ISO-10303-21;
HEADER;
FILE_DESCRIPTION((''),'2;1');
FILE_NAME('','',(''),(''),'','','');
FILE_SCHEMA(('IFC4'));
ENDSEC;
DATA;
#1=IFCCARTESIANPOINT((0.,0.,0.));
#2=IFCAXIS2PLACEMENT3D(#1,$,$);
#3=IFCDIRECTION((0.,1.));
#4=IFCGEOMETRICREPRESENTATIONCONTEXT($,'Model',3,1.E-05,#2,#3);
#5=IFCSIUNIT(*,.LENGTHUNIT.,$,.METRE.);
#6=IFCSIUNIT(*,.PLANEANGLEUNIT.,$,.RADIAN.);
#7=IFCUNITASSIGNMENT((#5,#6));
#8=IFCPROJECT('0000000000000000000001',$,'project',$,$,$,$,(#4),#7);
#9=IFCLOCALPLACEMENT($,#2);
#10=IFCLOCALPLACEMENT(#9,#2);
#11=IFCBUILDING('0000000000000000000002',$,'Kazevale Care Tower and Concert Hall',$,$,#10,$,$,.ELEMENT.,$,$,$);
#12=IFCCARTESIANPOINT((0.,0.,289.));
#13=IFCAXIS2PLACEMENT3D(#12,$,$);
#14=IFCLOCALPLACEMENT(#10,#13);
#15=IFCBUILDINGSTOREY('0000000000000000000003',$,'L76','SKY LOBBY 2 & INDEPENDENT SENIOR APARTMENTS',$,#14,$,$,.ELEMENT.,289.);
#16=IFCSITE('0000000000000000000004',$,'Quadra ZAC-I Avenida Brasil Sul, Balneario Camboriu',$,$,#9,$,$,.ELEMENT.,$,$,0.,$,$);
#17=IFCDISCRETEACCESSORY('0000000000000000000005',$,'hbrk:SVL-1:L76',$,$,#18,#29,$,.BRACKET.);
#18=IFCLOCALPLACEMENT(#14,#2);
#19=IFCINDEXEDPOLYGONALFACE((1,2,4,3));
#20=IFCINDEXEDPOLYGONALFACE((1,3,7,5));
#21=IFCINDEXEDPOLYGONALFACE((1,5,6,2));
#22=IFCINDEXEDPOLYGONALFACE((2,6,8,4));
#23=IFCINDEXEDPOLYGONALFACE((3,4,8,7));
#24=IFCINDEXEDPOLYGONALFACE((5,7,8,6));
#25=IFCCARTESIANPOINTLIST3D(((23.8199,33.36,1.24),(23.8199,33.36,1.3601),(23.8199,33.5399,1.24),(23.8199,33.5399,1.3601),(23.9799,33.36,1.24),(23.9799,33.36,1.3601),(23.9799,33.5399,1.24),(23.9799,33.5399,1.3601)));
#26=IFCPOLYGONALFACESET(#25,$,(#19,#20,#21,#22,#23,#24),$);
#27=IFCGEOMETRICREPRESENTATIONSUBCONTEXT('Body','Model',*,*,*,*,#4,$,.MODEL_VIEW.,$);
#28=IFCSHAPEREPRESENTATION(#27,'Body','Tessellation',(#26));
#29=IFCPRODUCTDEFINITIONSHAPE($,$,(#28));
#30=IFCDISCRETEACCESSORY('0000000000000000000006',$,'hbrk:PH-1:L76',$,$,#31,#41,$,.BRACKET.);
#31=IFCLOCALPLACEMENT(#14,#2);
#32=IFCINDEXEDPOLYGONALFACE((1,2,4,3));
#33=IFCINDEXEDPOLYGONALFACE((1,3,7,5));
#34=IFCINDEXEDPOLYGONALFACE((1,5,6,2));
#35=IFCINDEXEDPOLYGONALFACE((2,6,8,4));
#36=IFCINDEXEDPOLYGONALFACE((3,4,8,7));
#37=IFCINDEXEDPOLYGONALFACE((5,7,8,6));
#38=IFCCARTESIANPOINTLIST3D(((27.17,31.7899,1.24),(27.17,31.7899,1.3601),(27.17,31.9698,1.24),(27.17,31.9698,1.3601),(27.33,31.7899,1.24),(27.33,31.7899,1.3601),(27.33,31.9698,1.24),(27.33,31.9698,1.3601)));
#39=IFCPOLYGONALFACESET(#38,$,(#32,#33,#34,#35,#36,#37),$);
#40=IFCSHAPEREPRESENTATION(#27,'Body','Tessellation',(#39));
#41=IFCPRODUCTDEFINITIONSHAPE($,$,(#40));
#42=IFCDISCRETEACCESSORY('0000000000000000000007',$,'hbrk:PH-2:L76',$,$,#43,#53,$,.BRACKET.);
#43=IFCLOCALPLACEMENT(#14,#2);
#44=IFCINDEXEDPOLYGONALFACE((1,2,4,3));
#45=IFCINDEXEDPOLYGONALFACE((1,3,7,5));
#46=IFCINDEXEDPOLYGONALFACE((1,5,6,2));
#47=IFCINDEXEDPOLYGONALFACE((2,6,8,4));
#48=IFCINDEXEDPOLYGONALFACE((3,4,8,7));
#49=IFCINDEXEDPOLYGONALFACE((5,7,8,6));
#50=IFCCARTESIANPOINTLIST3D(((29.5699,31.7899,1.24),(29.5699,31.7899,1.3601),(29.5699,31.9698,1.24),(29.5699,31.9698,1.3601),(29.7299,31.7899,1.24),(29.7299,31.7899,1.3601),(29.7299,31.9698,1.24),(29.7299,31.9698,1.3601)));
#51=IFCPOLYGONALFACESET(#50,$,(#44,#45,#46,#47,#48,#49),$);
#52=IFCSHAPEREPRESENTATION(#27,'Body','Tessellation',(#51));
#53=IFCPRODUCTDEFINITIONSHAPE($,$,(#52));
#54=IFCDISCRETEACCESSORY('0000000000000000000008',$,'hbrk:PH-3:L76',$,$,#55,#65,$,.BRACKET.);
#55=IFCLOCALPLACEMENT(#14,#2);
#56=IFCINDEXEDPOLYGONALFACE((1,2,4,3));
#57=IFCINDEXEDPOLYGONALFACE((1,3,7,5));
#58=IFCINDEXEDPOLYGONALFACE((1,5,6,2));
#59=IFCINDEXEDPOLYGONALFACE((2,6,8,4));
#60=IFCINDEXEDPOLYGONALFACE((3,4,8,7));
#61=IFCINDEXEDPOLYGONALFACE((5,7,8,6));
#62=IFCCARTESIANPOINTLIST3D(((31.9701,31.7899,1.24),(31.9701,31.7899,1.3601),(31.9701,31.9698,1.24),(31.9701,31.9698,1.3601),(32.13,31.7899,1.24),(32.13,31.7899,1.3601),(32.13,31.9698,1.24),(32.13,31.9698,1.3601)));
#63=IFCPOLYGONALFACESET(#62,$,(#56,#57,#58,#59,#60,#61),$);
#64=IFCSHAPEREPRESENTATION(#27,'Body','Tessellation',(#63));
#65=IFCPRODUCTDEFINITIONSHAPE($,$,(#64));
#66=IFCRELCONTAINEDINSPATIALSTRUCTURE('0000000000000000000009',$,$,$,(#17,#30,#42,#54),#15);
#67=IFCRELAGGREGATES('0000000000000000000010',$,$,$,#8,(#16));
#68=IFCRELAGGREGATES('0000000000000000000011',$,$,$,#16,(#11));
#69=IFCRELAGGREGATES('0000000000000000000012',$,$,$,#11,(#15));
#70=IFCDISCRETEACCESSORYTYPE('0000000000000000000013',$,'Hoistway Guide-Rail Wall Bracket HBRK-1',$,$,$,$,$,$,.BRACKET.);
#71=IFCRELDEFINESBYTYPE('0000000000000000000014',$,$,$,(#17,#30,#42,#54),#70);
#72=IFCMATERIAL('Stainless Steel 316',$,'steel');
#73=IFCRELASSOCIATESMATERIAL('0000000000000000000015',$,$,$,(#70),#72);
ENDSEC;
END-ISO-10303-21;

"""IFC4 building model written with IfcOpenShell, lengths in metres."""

from ifc_helpers import new_model, si_unit, direction, frame, origin, origin_2d, place, context, subcontext, project, spatial, rectangle, extrude, material, type_object, element, save


model = new_model("IFC4")

# Units and contexts
model_context = context("Model", 3, precision=1e-05, world=origin(), true_north=direction((0.0, 1.0)))
body_context = subcontext(model_context, "Body", "Model", "MODEL_VIEW")
ifc_project = project(units=[si_unit("LENGTHUNIT", "METRE"), si_unit("PLANEANGLEUNIT", "RADIAN")], contexts=[model_context])

# Site, building, storey
site_placement = place(None, origin())
site = spatial("IfcSite", under=ifc_project, at=site_placement, Name="Quadra ZAC-I Avenida Brasil Sul, Balneario Camboriu", CompositionType="ELEMENT", RefElevation=0.0)
building_placement = place(site_placement, origin())
building = spatial("IfcBuilding", under=site, at=building_placement, Name="Kazevale Care Tower and Concert Hall", CompositionType="ELEMENT")
storey_placement = place(building_placement, frame((0.0, 0.0, 289.0)))
storey = spatial("IfcBuildingStorey", under=building, at=storey_placement, Name="L76", Description="SKY LOBBY 2 & INDEPENDENT SENIOR APARTMENTS", CompositionType="ELEMENT", Elevation=289.0)

# Shared definitions
ifc_material_1 = material(Name="Stainless Steel 316", Category="steel")

# Discrete accessories
discrete_accessory_type = type_object("IfcDiscreteAccessoryType", Name="Hoistway Guide-Rail Wall Bracket HBRK-1", PredefinedType="BRACKET", material=ifc_material_1)
for number, where, z_axis, x_axis, name in (
    (1, (23.8999, 33.45, 1.24), (0.0, 0.0, 1.0), (1.0, 0.0, 0.0), "hbrk:SVL-1:L76"),
    (2, (27.25, 31.8799, 1.24), (0.0, 0.0, 1.0), (1.0, 0.0, 0.0), "hbrk:PH-1:L76"),
    (3, (29.6499, 31.8799, 1.24), (0.0, 0.0, 1.0), (1.0, 0.0, 0.0), "hbrk:PH-2:L76"),
    (4, (32.05, 31.8799, 1.24), (0.0, 0.0, 1.0), (1.0, 0.0, 0.0), "hbrk:PH-3:L76"),
):
    element("IfcDiscreteAccessory", number, at=place(storey_placement, frame(where, z_axis=z_axis, x_axis=x_axis)), inside=storey, type_object=discrete_accessory_type, Name=name, PredefinedType="BRACKET", context=body_context, shape_type="SweptSolid", body=[
        extrude(rectangle(XDim=0.1599, YDim=0.1799, at=origin_2d()), origin(), (0.0, 0.0, 1.0), 0.1201),
    ])

save(model, "model.ifc")
